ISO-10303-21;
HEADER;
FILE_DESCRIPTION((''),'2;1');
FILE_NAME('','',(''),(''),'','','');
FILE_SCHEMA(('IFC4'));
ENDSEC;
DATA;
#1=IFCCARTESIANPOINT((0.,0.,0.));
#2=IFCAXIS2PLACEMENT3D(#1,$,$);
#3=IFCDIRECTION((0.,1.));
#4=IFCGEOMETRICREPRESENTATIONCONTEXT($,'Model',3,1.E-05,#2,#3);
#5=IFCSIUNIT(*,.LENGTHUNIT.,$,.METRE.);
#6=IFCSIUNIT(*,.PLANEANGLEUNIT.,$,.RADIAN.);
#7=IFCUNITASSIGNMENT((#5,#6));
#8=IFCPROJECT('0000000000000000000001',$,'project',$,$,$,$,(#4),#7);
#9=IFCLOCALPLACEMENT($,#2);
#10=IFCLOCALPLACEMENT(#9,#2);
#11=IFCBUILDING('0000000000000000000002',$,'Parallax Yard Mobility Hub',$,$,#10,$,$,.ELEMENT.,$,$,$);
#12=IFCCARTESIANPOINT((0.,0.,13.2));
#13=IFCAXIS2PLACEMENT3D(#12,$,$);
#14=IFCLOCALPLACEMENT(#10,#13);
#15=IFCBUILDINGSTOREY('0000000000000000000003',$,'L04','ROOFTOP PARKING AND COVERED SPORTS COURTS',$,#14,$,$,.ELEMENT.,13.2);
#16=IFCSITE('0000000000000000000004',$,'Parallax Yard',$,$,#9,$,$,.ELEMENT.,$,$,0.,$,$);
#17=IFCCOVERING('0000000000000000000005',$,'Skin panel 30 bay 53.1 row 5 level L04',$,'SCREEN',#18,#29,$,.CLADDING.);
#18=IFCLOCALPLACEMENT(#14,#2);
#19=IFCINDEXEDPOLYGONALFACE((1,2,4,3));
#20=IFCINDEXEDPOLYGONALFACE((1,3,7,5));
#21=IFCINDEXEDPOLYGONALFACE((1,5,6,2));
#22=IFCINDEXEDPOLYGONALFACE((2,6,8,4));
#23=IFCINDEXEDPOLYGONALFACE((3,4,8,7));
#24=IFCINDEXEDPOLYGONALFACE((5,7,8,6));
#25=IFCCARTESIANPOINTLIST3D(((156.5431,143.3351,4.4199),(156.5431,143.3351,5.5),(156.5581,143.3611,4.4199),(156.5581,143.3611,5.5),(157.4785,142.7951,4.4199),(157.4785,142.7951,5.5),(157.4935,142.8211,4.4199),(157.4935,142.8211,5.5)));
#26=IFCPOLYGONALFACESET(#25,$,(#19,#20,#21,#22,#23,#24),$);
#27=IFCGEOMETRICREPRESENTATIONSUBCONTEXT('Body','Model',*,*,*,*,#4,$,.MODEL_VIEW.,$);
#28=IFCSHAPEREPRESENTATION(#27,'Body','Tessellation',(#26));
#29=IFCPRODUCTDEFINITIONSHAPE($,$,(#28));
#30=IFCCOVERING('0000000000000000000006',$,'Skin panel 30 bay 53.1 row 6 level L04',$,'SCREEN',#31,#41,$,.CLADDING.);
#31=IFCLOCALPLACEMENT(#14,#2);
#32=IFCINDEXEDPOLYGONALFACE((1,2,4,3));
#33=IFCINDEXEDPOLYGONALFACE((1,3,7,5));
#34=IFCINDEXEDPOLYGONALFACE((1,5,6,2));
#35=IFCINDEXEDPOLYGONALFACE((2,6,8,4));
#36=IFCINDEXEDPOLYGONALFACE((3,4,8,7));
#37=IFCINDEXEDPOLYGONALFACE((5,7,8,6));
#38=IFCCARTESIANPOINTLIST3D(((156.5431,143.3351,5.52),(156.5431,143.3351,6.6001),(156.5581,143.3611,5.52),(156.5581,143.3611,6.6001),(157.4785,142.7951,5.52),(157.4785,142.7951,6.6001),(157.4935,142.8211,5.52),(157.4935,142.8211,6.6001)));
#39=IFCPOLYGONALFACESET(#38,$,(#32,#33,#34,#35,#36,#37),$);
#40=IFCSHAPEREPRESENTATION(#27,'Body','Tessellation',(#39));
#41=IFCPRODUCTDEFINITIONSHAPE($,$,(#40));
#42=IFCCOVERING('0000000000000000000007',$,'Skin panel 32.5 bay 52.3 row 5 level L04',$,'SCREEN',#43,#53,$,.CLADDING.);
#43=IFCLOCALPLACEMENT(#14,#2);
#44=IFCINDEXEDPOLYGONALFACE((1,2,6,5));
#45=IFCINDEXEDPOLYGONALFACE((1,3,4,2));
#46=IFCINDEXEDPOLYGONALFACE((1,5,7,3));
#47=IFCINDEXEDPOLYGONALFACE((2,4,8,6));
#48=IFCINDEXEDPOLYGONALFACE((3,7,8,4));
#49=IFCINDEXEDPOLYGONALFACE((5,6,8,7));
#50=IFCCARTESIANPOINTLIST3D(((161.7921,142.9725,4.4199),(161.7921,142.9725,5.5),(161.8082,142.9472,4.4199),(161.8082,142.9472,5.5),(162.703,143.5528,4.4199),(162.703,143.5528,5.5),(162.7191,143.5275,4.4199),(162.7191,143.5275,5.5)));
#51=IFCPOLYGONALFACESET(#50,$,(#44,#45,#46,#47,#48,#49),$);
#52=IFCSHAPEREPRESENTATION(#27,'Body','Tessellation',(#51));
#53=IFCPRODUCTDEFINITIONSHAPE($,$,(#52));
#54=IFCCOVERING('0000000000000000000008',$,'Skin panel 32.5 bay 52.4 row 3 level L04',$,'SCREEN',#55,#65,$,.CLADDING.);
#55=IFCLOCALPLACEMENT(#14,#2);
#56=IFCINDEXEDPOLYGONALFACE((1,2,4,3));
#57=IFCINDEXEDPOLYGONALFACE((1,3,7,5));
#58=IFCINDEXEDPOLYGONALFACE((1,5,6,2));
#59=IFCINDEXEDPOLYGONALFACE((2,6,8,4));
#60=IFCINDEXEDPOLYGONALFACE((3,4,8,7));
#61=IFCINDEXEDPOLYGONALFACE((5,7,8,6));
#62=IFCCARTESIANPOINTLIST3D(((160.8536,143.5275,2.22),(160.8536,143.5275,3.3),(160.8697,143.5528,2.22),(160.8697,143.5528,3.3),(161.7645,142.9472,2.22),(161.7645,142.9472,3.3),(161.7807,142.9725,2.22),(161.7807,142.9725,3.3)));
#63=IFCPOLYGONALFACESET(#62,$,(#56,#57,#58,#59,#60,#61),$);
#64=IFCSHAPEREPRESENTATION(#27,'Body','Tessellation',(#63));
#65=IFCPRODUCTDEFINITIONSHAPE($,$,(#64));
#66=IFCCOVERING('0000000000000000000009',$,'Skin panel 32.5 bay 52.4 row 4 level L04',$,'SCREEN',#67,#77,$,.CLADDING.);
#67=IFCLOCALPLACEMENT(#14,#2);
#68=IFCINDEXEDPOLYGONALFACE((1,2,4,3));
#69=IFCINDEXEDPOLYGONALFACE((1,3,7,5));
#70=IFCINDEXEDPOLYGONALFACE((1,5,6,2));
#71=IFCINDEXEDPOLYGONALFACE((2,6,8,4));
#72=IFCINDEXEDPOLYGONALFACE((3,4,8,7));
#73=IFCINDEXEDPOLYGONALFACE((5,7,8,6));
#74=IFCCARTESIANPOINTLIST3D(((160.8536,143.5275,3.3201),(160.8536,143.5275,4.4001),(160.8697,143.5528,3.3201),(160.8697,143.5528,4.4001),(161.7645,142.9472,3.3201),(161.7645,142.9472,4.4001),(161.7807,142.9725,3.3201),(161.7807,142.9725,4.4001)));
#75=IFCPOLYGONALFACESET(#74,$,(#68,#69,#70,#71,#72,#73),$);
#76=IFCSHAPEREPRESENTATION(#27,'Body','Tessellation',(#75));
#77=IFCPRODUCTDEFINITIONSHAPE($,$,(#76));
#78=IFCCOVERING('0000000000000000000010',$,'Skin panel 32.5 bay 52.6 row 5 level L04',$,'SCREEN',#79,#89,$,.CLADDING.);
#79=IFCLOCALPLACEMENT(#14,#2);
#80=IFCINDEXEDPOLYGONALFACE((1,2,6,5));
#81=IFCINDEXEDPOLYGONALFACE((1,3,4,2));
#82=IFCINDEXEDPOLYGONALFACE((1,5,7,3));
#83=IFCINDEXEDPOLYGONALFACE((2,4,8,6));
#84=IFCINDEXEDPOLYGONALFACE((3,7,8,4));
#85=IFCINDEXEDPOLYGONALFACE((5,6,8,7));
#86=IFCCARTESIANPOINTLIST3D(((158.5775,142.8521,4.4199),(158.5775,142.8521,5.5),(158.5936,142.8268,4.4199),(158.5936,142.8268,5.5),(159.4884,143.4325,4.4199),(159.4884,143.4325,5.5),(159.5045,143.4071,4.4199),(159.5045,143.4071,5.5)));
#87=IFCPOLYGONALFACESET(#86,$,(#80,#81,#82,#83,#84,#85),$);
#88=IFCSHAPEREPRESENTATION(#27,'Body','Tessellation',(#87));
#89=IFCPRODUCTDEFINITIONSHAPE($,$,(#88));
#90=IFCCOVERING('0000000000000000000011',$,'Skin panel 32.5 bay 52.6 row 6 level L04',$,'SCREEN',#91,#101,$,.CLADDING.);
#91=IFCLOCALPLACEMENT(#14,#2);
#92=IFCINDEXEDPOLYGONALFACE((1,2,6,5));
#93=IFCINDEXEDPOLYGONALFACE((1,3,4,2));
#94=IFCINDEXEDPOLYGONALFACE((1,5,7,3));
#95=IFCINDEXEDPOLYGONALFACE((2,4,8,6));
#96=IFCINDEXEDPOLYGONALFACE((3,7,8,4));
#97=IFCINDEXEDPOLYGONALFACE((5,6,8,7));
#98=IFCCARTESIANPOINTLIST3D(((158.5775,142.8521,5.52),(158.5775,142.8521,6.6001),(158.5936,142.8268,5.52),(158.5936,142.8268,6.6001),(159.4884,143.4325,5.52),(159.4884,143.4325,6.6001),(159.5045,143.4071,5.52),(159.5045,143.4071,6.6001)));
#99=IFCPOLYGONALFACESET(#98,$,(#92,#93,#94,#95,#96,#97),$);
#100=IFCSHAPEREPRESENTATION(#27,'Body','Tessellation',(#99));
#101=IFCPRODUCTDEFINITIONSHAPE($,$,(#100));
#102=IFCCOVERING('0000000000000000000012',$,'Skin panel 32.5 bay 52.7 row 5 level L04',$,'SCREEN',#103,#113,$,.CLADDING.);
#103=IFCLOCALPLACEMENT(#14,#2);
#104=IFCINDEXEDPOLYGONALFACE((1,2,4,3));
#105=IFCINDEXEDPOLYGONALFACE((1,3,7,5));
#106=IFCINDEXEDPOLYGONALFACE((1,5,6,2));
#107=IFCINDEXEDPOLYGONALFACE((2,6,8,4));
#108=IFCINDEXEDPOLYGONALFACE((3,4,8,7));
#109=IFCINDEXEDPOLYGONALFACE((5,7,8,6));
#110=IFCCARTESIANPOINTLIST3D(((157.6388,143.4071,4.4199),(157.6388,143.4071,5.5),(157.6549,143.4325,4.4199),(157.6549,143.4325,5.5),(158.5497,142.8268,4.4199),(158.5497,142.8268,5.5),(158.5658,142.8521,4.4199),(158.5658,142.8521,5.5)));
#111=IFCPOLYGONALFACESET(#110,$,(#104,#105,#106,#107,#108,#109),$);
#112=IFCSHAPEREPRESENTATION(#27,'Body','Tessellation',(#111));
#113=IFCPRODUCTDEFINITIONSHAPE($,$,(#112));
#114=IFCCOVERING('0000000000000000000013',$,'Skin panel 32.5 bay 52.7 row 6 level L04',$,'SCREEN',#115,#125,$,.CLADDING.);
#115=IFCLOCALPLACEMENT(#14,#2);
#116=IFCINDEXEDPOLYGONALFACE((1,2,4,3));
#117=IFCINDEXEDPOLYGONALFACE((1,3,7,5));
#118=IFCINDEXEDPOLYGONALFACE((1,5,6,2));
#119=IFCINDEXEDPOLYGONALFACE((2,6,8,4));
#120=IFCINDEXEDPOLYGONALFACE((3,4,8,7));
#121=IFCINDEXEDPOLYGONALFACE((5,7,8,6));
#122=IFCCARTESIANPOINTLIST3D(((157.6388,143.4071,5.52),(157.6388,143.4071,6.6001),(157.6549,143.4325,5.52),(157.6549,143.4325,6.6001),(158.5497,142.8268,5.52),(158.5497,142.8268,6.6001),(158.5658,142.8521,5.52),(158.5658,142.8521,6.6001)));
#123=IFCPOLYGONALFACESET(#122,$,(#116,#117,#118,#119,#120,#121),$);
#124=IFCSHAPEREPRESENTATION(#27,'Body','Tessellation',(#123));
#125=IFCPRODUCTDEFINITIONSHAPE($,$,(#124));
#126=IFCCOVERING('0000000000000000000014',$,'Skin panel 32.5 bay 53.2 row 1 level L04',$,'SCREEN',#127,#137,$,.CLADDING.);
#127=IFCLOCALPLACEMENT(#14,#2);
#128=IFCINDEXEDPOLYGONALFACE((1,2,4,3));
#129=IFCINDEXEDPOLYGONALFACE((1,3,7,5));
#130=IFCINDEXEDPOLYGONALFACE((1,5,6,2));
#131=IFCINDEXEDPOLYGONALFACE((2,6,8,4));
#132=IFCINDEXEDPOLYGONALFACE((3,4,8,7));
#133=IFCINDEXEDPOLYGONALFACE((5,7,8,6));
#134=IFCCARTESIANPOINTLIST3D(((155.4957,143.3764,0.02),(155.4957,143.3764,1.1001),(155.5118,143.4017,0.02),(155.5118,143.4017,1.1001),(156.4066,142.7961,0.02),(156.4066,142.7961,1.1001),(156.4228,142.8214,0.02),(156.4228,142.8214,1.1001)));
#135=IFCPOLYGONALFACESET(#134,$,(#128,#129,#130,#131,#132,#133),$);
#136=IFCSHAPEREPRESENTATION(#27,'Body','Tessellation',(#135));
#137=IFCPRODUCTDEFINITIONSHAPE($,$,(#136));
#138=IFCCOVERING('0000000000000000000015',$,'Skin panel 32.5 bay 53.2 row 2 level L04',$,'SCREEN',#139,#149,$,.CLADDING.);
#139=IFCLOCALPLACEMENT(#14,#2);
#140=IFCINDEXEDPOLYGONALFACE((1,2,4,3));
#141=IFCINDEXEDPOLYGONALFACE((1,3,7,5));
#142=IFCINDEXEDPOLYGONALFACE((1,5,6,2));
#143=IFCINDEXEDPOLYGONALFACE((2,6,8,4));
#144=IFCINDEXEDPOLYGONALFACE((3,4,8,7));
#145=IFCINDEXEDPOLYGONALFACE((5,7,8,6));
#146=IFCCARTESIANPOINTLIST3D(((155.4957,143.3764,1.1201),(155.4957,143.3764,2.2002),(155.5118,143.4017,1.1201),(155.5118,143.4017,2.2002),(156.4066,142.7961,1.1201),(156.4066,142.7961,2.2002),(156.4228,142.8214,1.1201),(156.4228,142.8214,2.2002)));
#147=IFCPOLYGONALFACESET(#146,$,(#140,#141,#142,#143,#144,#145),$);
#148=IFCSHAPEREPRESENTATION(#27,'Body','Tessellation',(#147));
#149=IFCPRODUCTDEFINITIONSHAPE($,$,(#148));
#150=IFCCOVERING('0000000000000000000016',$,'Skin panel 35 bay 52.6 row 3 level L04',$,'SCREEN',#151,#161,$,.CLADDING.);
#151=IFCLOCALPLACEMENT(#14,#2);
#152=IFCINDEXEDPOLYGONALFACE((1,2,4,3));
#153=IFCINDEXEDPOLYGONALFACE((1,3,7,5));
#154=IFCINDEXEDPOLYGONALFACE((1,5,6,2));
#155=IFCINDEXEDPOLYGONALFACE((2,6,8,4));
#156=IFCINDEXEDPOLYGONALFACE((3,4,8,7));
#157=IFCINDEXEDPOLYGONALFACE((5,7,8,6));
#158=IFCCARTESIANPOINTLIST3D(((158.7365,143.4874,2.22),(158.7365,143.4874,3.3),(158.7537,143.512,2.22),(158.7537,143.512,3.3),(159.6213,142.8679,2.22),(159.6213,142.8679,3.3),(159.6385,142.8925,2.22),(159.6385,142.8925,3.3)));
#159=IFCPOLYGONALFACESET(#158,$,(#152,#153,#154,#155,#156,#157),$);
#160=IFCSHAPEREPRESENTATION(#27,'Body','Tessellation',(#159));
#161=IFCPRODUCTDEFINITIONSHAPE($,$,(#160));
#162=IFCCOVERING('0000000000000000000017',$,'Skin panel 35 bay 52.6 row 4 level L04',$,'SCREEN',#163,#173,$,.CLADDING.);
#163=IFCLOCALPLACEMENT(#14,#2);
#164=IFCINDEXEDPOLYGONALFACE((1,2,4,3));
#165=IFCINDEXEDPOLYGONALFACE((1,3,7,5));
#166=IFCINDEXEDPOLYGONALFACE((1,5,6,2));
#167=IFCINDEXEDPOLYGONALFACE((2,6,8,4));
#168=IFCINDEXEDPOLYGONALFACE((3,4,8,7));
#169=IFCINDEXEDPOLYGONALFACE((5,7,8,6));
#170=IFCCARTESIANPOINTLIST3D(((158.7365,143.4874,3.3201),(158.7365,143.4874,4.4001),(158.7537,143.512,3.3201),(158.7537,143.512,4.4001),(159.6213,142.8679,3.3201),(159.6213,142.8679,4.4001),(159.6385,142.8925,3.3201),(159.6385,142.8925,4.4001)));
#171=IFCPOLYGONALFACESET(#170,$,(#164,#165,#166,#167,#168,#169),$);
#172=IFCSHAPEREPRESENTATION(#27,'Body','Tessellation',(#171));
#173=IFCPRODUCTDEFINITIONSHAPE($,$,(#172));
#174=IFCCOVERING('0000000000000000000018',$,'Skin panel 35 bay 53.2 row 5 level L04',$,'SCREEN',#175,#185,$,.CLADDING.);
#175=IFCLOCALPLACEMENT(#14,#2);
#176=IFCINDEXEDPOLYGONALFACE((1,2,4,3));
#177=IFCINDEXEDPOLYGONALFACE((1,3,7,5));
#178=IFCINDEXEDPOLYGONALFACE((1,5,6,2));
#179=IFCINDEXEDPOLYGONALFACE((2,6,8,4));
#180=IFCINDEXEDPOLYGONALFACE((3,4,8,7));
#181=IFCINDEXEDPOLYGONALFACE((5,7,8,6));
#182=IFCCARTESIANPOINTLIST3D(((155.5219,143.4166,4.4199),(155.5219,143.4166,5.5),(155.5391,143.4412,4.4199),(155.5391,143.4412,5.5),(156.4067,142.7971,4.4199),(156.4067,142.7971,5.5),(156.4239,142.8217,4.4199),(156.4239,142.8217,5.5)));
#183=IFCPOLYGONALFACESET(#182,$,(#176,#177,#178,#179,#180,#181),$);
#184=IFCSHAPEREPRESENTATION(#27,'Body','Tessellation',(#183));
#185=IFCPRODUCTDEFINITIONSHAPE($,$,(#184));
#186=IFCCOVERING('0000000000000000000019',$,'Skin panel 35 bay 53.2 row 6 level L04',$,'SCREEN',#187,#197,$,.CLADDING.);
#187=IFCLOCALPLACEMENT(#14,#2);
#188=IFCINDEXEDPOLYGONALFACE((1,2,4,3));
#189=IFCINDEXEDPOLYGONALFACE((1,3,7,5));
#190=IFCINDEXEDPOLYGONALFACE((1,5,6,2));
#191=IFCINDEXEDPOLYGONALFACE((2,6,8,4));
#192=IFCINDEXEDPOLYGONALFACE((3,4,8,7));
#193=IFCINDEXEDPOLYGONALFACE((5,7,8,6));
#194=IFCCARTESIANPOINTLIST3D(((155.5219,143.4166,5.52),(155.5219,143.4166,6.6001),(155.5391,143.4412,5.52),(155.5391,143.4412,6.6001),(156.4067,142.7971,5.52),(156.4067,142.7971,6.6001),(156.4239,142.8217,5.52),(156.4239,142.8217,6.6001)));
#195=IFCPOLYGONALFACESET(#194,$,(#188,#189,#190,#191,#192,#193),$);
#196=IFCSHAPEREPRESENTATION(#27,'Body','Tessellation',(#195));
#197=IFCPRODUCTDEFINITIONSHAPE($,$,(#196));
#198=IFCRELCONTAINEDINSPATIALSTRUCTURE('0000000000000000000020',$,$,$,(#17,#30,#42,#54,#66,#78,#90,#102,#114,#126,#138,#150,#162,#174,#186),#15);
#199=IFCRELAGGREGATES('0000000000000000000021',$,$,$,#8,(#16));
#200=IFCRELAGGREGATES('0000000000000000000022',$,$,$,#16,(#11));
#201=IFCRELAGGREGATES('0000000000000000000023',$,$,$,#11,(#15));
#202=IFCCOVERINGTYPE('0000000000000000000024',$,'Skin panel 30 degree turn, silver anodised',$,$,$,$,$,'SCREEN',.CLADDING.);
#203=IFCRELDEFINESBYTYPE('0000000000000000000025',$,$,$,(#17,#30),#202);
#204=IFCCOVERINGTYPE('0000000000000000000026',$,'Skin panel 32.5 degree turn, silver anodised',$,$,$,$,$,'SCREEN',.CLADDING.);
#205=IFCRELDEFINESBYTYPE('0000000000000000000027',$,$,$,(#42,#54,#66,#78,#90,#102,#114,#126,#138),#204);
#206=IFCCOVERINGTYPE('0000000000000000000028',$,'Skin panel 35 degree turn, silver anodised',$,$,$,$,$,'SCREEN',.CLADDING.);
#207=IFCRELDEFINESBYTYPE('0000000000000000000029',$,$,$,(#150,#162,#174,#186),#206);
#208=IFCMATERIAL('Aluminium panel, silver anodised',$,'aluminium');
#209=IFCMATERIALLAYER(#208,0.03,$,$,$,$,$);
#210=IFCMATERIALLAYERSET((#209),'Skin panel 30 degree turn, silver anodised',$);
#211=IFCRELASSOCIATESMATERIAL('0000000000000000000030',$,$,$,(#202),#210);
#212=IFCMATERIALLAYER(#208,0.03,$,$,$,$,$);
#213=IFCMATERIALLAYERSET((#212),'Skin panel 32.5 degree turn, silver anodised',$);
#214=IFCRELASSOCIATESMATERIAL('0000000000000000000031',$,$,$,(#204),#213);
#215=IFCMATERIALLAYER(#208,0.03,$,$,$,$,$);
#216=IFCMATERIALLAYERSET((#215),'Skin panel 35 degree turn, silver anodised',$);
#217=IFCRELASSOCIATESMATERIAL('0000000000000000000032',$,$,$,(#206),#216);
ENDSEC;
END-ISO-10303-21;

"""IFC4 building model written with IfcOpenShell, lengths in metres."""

from ifc_helpers import new_model, si_unit, direction, frame, origin, origin_2d, place, context, subcontext, project, spatial, rectangle, extrude, material, layer, layer_set, type_object, element, save


model = new_model("IFC4")

# Units and contexts
model_context = context("Model", 3, precision=1e-05, world=origin(), true_north=direction((0.0, 1.0)))
body_context = subcontext(model_context, "Body", "Model", "MODEL_VIEW")
ifc_project = project(units=[si_unit("LENGTHUNIT", "METRE"), si_unit("PLANEANGLEUNIT", "RADIAN")], contexts=[model_context])

# Site, building, storey
site_placement = place(None, origin())
site = spatial("IfcSite", under=ifc_project, at=site_placement, Name="Parallax Yard", CompositionType="ELEMENT", RefElevation=0.0)
building_placement = place(site_placement, origin())
building = spatial("IfcBuilding", under=site, at=building_placement, Name="Parallax Yard Mobility Hub", CompositionType="ELEMENT")
storey_placement = place(building_placement, frame((0.0, 0.0, 13.2)))
storey = spatial("IfcBuildingStorey", under=building, at=storey_placement, Name="L04", Description="ROOFTOP PARKING AND COVERED SPORTS COURTS", CompositionType="ELEMENT", Elevation=13.2)

# Coverings
ifc_material = material(Name="Aluminium panel, silver anodised", Category="aluminium")
ifc_layer_1 = layer(ifc_material, 0.03)
ifc_layer_set_1 = layer_set([ifc_layer_1], Name="Skin panel 30 degree turn, silver anodised")
covering_type_1 = type_object("IfcCoveringType", Name="Skin panel 30 degree turn, silver anodised", ElementType="SCREEN", PredefinedType="CLADDING", material=ifc_layer_set_1)
for number, where, z_axis, x_axis, name in (
    (1, (157.0183, 143.0781, 4.4199), (0.0, 0.0, 1.0), (-0.866025, 0.5, 0.0), "Skin panel 30 bay 53.1 row 5 level L04"),
    (2, (157.0183, 143.0781, 5.52), (0.0, 0.0, 1.0), (-0.866025, 0.5, 0.0), "Skin panel 30 bay 53.1 row 6 level L04"),
):
    element("IfcCovering", number, at=place(storey_placement, frame(where, z_axis=z_axis, x_axis=x_axis)), inside=storey, type_object=covering_type_1, Name=name, ObjectType="SCREEN", PredefinedType="CLADDING", context=body_context, shape_type="SweptSolid", body=[
        extrude(rectangle(XDim=1.0801, YDim=0.03, at=origin_2d()), origin(), (0.0, 0.0, 1.0), 1.0801),
    ])
ifc_layer_2 = layer(ifc_material, 0.03)
ifc_layer_set_2 = layer_set([ifc_layer_2], Name="Skin panel 32.5 degree turn, silver anodised")
covering_type_2 = type_object("IfcCoveringType", Name="Skin panel 32.5 degree turn, silver anodised", ElementType="SCREEN", PredefinedType="CLADDING", material=ifc_layer_set_2)
for number, where, z_axis, x_axis, name in (
    (3, (162.2556, 143.25, 4.4199), (0.0, 0.0, 1.0), (0.843391, 0.5373, 0.0), "Skin panel 32.5 bay 52.3 row 5 level L04"),
    (4, (161.3171, 143.25, 2.22), (0.0, 0.0, 1.0), (-0.843391, 0.5373, 0.0), "Skin panel 32.5 bay 52.4 row 3 level L04"),
    (5, (161.3171, 143.25, 3.3201), (0.0, 0.0, 1.0), (-0.843391, 0.5373, 0.0), "Skin panel 32.5 bay 52.4 row 4 level L04"),
    (6, (159.041, 143.1296, 4.4199), (0.0, 0.0, 1.0), (0.843391, 0.5373, 0.0), "Skin panel 32.5 bay 52.6 row 5 level L04"),
    (7, (159.041, 143.1296, 5.52), (0.0, 0.0, 1.0), (0.843391, 0.5373, 0.0), "Skin panel 32.5 bay 52.6 row 6 level L04"),
    (8, (158.1023, 143.1296, 4.4199), (0.0, 0.0, 1.0), (-0.843391, 0.5373, 0.0), "Skin panel 32.5 bay 52.7 row 5 level L04"),
    (9, (158.1023, 143.1296, 5.52), (0.0, 0.0, 1.0), (-0.843391, 0.5373, 0.0), "Skin panel 32.5 bay 52.7 row 6 level L04"),
    (10, (155.9592, 143.0989, 0.02), (0.0, 0.0, 1.0), (-0.843391, 0.5373, 0.0), "Skin panel 32.5 bay 53.2 row 1 level L04"),
    (11, (155.9592, 143.0989, 1.1201), (0.0, 0.0, 1.0), (-0.843391, 0.5373, 0.0), "Skin panel 32.5 bay 53.2 row 2 level L04"),
):
    element("IfcCovering", number, at=place(storey_placement, frame(where, z_axis=z_axis, x_axis=x_axis)), inside=storey, type_object=covering_type_2, Name=name, ObjectType="SCREEN", PredefinedType="CLADDING", context=body_context, shape_type="SweptSolid", body=[
        extrude(rectangle(XDim=1.0801, YDim=0.03, at=origin_2d()), origin(), (0.0, 0.0, 1.0), 1.0801),
    ])
ifc_layer_3 = layer(ifc_material, 0.03)
ifc_layer_set_3 = layer_set([ifc_layer_3], Name="Skin panel 35 degree turn, silver anodised")
covering_type_3 = type_object("IfcCoveringType", Name="Skin panel 35 degree turn, silver anodised", ElementType="SCREEN", PredefinedType="CLADDING", material=ifc_layer_set_3)
for number, where, z_axis, x_axis, name in (
    (12, (159.1875, 143.1899, 2.22), (0.0, 0.0, 1.0), (-0.819152, 0.573576, 0.0), "Skin panel 35 bay 52.6 row 3 level L04"),
    (13, (159.1875, 143.1899, 3.3201), (0.0, 0.0, 1.0), (-0.819152, 0.573576, 0.0), "Skin panel 35 bay 52.6 row 4 level L04"),
    (14, (155.9729, 143.1191, 4.4199), (0.0, 0.0, 1.0), (-0.819152, 0.573576, 0.0), "Skin panel 35 bay 53.2 row 5 level L04"),
    (15, (155.9729, 143.1191, 5.52), (0.0, 0.0, 1.0), (-0.819152, 0.573576, 0.0), "Skin panel 35 bay 53.2 row 6 level L04"),
):
    element("IfcCovering", number, at=place(storey_placement, frame(where, z_axis=z_axis, x_axis=x_axis)), inside=storey, type_object=covering_type_3, Name=name, ObjectType="SCREEN", PredefinedType="CLADDING", context=body_context, shape_type="SweptSolid", body=[
        extrude(rectangle(XDim=1.0801, YDim=0.03, at=origin_2d()), origin(), (0.0, 0.0, 1.0), 1.0801),
    ])

save(model, "model.ifc")
